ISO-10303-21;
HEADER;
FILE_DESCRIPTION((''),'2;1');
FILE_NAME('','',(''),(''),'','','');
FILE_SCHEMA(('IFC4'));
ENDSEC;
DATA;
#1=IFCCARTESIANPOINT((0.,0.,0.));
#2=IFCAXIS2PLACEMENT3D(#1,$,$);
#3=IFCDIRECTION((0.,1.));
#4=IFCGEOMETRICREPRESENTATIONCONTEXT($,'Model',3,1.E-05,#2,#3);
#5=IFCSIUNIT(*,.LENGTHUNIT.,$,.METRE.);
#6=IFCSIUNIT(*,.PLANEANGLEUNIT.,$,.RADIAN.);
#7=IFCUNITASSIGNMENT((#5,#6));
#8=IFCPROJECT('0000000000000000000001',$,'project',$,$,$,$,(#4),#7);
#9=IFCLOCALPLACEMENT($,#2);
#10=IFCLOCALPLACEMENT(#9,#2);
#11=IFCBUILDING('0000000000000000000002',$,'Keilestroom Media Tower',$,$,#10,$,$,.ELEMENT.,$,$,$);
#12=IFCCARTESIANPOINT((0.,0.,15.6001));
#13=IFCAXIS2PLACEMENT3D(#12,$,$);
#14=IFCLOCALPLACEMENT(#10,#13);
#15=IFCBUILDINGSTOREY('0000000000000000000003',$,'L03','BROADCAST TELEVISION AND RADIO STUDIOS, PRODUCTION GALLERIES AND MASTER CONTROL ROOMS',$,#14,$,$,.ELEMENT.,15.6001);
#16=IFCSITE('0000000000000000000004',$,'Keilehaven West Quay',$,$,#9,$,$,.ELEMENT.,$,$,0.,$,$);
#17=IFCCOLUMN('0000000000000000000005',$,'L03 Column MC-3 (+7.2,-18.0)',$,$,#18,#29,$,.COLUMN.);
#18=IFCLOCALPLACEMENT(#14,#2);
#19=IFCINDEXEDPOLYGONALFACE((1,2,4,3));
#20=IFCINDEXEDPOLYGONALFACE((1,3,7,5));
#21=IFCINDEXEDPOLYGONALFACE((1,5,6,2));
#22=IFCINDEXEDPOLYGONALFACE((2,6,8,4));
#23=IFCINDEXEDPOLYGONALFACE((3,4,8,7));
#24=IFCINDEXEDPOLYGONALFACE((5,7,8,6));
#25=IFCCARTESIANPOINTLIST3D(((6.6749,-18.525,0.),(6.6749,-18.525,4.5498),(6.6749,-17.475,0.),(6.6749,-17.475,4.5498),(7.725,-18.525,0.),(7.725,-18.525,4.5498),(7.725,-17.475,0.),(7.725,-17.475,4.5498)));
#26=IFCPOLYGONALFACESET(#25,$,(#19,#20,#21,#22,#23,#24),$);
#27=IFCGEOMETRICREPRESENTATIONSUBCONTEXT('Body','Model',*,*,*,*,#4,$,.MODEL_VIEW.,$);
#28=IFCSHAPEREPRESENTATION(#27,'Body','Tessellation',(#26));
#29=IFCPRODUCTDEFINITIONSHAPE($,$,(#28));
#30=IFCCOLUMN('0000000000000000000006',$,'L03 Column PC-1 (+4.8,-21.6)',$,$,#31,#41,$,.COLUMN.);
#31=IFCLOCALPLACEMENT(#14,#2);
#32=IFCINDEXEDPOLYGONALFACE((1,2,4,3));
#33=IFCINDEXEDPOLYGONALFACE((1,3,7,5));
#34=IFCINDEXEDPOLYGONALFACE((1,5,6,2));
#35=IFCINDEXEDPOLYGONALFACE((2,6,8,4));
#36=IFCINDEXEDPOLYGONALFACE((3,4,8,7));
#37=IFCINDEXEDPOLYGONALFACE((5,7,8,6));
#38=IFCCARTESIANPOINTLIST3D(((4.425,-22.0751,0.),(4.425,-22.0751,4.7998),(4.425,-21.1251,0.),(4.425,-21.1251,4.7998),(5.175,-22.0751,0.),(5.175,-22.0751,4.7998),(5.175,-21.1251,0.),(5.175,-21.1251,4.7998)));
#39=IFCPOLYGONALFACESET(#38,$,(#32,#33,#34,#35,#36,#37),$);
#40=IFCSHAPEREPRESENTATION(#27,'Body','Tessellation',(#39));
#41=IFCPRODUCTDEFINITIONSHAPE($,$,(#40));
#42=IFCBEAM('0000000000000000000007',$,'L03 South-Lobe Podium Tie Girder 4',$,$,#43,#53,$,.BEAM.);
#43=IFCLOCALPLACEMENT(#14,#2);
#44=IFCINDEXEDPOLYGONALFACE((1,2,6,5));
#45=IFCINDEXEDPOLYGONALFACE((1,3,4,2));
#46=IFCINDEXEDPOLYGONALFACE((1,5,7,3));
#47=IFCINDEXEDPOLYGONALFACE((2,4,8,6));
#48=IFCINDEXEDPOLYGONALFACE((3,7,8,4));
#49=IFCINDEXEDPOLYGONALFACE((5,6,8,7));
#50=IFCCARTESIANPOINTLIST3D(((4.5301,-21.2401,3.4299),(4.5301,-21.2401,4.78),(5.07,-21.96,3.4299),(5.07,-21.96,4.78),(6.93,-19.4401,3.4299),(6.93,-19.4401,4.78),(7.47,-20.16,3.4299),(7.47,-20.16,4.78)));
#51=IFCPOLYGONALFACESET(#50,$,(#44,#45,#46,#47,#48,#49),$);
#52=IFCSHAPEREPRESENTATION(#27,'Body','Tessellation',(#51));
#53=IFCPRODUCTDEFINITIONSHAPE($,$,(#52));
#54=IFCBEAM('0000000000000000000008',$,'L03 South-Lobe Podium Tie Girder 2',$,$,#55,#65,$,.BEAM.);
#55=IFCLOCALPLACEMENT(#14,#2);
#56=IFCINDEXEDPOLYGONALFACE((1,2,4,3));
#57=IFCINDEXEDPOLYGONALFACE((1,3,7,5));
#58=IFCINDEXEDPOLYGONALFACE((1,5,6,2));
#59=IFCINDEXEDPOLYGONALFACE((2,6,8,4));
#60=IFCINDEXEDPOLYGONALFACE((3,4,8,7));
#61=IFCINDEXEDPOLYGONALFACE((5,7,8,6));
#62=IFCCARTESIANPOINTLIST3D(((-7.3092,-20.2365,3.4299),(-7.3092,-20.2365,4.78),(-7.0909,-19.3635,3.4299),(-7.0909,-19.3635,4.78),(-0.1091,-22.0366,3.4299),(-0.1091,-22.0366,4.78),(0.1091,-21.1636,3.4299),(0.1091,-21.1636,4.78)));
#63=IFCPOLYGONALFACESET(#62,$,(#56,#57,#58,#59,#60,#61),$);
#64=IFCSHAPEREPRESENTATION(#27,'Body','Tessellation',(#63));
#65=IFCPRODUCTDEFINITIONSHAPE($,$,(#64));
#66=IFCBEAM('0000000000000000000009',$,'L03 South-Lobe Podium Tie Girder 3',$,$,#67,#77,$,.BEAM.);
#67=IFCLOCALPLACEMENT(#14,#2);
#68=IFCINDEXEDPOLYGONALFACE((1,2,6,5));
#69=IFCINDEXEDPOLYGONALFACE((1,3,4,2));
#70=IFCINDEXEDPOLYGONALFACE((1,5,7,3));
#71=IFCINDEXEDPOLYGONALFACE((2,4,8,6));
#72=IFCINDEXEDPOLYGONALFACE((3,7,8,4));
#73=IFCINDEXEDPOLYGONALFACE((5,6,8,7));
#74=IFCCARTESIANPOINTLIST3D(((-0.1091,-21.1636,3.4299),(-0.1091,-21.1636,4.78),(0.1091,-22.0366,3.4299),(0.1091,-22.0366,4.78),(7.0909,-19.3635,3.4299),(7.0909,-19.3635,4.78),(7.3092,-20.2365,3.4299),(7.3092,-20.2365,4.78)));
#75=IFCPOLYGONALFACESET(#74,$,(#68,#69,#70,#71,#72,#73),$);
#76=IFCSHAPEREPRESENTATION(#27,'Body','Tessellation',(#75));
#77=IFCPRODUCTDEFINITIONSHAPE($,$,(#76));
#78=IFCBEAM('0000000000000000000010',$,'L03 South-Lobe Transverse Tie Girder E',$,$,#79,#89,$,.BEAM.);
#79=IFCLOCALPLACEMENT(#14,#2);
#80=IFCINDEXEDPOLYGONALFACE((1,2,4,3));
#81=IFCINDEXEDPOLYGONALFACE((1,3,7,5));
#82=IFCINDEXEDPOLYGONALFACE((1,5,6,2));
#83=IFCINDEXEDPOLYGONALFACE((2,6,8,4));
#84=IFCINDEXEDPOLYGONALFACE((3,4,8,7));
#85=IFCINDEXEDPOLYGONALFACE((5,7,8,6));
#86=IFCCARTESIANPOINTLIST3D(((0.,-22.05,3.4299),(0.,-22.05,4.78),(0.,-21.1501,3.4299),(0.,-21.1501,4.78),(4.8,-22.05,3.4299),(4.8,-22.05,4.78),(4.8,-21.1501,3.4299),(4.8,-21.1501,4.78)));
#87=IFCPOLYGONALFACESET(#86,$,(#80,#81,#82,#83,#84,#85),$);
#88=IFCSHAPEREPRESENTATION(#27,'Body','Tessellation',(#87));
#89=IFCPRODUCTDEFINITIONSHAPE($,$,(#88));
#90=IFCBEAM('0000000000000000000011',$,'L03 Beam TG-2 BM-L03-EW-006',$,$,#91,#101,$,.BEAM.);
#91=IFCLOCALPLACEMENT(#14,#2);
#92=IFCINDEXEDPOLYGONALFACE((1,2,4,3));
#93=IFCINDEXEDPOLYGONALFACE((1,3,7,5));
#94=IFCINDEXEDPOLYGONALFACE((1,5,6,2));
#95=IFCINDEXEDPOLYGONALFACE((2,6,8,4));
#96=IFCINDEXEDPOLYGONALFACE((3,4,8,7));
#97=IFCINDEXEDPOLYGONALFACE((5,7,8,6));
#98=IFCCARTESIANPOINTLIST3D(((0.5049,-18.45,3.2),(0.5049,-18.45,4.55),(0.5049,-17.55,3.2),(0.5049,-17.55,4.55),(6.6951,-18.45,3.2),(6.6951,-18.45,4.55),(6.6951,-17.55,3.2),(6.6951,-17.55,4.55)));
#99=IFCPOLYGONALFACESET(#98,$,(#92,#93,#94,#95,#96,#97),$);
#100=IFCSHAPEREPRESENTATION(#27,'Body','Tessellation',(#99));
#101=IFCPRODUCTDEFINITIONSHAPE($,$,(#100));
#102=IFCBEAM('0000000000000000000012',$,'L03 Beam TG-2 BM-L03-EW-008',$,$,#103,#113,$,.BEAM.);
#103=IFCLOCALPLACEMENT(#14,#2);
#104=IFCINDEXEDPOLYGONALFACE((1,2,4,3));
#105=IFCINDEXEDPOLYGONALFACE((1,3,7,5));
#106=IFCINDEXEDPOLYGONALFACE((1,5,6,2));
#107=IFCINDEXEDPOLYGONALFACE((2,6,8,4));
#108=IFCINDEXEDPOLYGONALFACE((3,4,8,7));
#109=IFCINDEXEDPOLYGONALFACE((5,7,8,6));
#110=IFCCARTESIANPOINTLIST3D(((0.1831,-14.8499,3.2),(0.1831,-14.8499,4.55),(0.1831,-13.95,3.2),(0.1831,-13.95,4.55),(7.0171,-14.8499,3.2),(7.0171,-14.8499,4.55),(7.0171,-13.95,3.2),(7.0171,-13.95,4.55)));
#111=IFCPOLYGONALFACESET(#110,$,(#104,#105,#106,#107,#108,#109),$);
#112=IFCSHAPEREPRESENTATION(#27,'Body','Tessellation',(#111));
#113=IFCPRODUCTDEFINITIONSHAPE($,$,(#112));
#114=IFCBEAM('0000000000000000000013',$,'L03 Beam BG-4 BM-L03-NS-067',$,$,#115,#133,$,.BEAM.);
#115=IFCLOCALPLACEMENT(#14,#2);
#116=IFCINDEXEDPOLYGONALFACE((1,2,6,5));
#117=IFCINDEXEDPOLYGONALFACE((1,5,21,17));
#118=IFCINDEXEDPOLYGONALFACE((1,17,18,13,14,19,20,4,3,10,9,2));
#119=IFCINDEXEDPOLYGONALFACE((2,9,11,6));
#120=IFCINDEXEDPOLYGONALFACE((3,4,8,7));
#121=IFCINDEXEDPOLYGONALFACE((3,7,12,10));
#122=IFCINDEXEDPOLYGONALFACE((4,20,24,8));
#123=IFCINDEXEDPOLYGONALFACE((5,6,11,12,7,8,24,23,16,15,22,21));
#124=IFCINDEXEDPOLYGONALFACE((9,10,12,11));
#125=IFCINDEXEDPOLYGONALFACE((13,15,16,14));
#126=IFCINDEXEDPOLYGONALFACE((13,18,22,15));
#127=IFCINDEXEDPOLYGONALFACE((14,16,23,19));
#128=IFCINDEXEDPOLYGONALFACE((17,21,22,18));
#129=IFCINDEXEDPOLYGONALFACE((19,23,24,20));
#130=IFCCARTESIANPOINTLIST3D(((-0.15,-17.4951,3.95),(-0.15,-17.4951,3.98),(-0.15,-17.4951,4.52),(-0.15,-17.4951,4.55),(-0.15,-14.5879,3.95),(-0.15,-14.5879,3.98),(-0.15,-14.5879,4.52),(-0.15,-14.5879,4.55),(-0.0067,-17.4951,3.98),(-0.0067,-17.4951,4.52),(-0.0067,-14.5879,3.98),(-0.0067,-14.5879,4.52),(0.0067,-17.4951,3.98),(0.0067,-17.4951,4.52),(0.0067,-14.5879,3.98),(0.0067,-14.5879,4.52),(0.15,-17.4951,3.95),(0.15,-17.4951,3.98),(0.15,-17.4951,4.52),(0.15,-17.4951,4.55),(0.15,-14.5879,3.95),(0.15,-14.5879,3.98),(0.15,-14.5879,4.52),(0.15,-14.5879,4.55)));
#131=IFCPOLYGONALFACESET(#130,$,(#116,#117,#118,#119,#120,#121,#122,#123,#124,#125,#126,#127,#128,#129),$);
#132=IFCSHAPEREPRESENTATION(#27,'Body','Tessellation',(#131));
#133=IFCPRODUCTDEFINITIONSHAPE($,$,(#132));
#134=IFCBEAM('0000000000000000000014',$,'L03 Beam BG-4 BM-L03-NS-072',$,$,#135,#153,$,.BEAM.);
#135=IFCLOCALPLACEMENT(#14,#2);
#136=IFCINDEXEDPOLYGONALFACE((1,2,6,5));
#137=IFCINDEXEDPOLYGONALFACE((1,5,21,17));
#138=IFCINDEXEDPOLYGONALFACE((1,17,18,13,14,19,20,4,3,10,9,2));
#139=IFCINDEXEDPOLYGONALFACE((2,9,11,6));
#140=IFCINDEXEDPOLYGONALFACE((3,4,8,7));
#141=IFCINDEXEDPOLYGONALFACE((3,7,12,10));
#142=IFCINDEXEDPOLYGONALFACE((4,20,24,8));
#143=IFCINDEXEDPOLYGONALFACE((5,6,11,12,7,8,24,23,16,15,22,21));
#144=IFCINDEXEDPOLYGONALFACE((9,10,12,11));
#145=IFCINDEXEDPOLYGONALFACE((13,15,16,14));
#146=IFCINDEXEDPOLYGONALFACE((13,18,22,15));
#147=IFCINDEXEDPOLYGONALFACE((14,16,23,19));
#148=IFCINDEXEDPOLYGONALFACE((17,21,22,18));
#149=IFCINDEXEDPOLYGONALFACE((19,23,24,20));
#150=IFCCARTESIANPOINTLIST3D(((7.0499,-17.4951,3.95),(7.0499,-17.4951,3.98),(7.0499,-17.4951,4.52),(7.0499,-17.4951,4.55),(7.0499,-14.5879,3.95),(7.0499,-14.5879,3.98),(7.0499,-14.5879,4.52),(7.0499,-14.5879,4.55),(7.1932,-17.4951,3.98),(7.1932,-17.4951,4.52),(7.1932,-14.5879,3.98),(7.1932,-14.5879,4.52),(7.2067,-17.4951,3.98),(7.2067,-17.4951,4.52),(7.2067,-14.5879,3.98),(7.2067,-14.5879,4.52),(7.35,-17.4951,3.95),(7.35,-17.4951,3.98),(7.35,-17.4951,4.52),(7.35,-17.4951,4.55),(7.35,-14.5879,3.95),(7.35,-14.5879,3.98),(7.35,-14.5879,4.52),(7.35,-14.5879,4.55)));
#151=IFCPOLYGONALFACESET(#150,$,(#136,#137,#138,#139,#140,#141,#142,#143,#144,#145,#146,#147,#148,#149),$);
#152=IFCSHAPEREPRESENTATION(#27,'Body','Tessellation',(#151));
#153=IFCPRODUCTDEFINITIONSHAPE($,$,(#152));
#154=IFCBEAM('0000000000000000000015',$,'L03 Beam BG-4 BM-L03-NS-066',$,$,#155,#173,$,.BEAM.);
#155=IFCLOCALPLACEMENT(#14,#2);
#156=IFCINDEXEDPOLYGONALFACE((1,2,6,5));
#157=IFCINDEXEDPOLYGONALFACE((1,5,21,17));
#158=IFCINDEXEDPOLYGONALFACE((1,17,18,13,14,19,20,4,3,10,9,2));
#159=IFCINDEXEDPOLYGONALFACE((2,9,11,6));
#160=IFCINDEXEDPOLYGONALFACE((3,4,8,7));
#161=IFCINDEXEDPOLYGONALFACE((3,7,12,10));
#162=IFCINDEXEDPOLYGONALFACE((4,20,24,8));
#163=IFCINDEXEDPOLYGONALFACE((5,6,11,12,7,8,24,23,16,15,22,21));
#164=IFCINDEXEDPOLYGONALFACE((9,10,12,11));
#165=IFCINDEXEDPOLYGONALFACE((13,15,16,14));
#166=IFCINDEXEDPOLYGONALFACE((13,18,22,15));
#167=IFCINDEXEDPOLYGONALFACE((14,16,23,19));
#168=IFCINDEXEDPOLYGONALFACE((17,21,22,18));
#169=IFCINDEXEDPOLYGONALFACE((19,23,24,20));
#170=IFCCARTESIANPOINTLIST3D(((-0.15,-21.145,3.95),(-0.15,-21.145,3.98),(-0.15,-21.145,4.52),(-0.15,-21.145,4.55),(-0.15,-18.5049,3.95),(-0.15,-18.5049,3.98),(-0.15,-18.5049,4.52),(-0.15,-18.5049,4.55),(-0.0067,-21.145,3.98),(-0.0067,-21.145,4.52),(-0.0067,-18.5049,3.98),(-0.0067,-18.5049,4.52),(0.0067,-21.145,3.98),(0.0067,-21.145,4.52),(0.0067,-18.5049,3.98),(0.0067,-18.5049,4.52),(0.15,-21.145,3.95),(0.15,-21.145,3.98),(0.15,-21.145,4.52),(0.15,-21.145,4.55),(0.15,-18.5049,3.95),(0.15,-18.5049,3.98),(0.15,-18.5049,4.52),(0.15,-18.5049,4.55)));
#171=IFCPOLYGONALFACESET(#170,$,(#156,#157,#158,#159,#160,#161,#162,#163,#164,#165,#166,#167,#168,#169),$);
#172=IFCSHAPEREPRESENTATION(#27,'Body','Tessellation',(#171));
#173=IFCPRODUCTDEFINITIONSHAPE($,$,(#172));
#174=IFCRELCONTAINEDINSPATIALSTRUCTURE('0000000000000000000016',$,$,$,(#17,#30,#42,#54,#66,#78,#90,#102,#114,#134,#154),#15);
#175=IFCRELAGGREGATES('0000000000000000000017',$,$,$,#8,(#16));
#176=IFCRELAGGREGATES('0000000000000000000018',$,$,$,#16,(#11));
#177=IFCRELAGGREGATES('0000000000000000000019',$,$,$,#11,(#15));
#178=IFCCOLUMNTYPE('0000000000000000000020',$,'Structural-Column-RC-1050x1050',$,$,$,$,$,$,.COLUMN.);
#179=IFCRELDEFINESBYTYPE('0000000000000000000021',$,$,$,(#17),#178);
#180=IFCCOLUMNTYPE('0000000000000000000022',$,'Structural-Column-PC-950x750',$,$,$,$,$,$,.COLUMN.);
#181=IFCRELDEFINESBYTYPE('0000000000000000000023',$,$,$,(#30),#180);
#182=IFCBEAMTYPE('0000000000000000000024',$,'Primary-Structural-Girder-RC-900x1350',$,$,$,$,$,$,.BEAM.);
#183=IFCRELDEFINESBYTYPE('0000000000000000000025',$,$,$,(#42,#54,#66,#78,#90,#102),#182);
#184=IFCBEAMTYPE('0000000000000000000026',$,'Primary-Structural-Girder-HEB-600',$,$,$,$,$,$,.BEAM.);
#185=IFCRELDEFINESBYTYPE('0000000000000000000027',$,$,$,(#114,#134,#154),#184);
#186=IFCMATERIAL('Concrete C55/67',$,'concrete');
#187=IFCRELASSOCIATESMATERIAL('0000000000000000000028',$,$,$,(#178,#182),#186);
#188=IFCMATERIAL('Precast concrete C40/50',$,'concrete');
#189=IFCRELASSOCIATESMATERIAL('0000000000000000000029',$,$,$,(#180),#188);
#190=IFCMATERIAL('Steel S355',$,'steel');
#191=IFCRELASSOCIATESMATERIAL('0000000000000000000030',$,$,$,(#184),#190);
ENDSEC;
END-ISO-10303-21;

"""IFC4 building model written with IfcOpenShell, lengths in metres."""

from ifc_helpers import new_model, si_unit, direction, frame, origin, origin_2d, place, context, subcontext, project, spatial, rectangle, i_section, extrude, source, transform, mapped, material, material_profile, profile_set, type_object, element, save


model = new_model("IFC4")

# Units and contexts
model_context = context("Model", 3, precision=1e-05, world=origin(), true_north=direction((0.0, 1.0)))
body_context = subcontext(model_context, "Body", "Model", "MODEL_VIEW")
ifc_project = project(units=[si_unit("LENGTHUNIT", "METRE"), si_unit("PLANEANGLEUNIT", "RADIAN")], contexts=[model_context])

# Site, building, storey
site_placement = place(None, origin())
site = spatial("IfcSite", under=ifc_project, at=site_placement, Name="Keilehaven West Quay", CompositionType="ELEMENT", RefElevation=0.0)
building_placement = place(site_placement, origin())
building = spatial("IfcBuilding", under=site, at=building_placement, Name="Keilestroom Media Tower", CompositionType="ELEMENT")
storey_placement = place(building_placement, frame((0.0, 0.0, 15.6001)))
storey = spatial("IfcBuildingStorey", under=building, at=storey_placement, Name="L03", Description="BROADCAST TELEVISION AND RADIO STUDIOS, PRODUCTION GALLERIES AND MASTER CONTROL ROOMS", CompositionType="ELEMENT", Elevation=15.6001)

# Columns
ifc_material_1 = material(Name="Concrete C55/67", Category="concrete")
ifc_material_profile_1 = material_profile(ifc_material_1, rectangle(XDim=1.05, YDim=1.05, at=origin_2d()), Name="RC 1050x1050")
ifc_profile_set_1 = profile_set([ifc_material_profile_1], Name="Concrete C55/67")
column_type_1 = type_object("IfcColumnType", Name="Structural-Column-RC-1050x1050", PredefinedType="COLUMN", material=ifc_profile_set_1)
shared_shape_1 = source(origin(), body_context, "Body", "SweptSolid", [
    extrude(rectangle(XDim=1.05, YDim=1.05, at=origin_2d()), origin(), (0.0, 0.0, 1.0), 4.5498),
])
column_1_placement = place(storey_placement, frame((7.2, -18.0, 0.0), z_axis=(0.0, 0.0, 1.0), x_axis=(1.0, 0.0, 0.0)))
element("IfcColumn", 1, at=column_1_placement, inside=storey, type_object=column_type_1, Name="L03 Column MC-3 (+7.2,-18.0)", PredefinedType="COLUMN", context=body_context, shape_type="MappedRepresentation", body=[
    mapped(shared_shape_1, transform((0.0, 0.0, 0.0), x_axis=(1.0, 0.0, 0.0), y_axis=(0.0, 1.0, 0.0), z_axis=(0.0, 0.0, 1.0), scale=1.0)),
])
ifc_material_2 = material(Name="Precast concrete C40/50", Category="concrete")
ifc_material_profile_2 = material_profile(ifc_material_2, rectangle(XDim=0.75, YDim=0.95, at=origin_2d()), Name="PC 950x750")
ifc_profile_set_2 = profile_set([ifc_material_profile_2], Name="Precast concrete C40/50")
column_type_2 = type_object("IfcColumnType", Name="Structural-Column-PC-950x750", PredefinedType="COLUMN", material=ifc_profile_set_2)
shared_shape_2 = source(origin(), body_context, "Body", "SweptSolid", [
    extrude(rectangle(XDim=0.75, YDim=0.95, at=origin_2d()), origin(), (0.0, 0.0, 1.0), 4.7998),
])
column_2_placement = place(storey_placement, frame((4.8, -21.6001, 0.0), z_axis=(0.0, 0.0, 1.0), x_axis=(1.0, 0.0, 0.0)))
element("IfcColumn", 2, at=column_2_placement, inside=storey, type_object=column_type_2, Name="L03 Column PC-1 (+4.8,-21.6)", PredefinedType="COLUMN", context=body_context, shape_type="MappedRepresentation", body=[
    mapped(shared_shape_2, transform((0.0, 0.0, 0.0), x_axis=(1.0, 0.0, 0.0), y_axis=(0.0, 1.0, 0.0), z_axis=(0.0, 0.0, 1.0), scale=1.0)),
])

# Beams
ifc_material_profile_3 = material_profile(ifc_material_1, rectangle(XDim=0.8999, YDim=1.3501, at=origin_2d()), Name="RC 900x1350")
ifc_profile_set_3 = profile_set([ifc_material_profile_3], Name="Concrete C55/67")
beam_type_1 = type_object("IfcBeamType", Name="Primary-Structural-Girder-RC-900x1350", PredefinedType="BEAM", material=ifc_profile_set_3)
shared_shape_3 = source(origin(), body_context, "Body", "SweptSolid", [
    extrude(rectangle(XDim=0.8999, YDim=1.3501, at=origin_2d()), origin(), (0.0, 0.0, 1.0), 3.0),
])
beam_1_placement = place(storey_placement, frame((4.8, -21.6001, 4.105), z_axis=(0.79998, 0.600026, 0.0), x_axis=(-0.600026, 0.79998, 0.0)))
element("IfcBeam", 3, at=beam_1_placement, inside=storey, type_object=beam_type_1, Name="L03 South-Lobe Podium Tie Girder 4", PredefinedType="BEAM", context=body_context, shape_type="MappedRepresentation", body=[
    mapped(shared_shape_3, transform((0.0, 0.0, 0.0), x_axis=(1.0, 0.0, 0.0), y_axis=(0.0, 1.0, 0.0), z_axis=(0.0, 0.0, 1.0), scale=1.0)),
])
shared_shape_4 = source(origin(), body_context, "Body", "SweptSolid", [
    extrude(rectangle(XDim=0.8999, YDim=1.3501, at=origin_2d()), origin(), (0.0, 0.0, 1.0), 7.4216),
])
for number, where, z_axis, x_axis, name in (
    (4, (0.0, -21.6001, 4.105), (-0.970141, 0.242543, 0.0), (-0.242543, -0.970141, 0.0), "L03 South-Lobe Podium Tie Girder 2"),
    (5, (0.0, -21.6001, 4.105), (0.970141, 0.242543, 0.0), (-0.242543, 0.970141, 0.0), "L03 South-Lobe Podium Tie Girder 3"),
):
    element("IfcBeam", number, at=place(storey_placement, frame(where, z_axis=z_axis, x_axis=x_axis)), inside=storey, type_object=beam_type_1, Name=name, PredefinedType="BEAM", context=body_context, shape_type="MappedRepresentation", body=[
        mapped(shared_shape_4, transform((0.0, 0.0, 0.0), x_axis=(1.0, 0.0, 0.0), y_axis=(0.0, 1.0, 0.0), z_axis=(0.0, 0.0, 1.0), scale=1.0)),
    ])
shared_shape_5 = source(origin(), body_context, "Body", "SweptSolid", [
    extrude(rectangle(XDim=0.8999, YDim=1.3501, at=origin_2d()), origin(), (0.0, 0.0, 1.0), 4.8),
])
beam_2_placement = place(storey_placement, frame((0.0, -21.6001, 4.105), z_axis=(1.0, 0.0, 0.0), x_axis=(0.0, 1.0, 0.0)))
element("IfcBeam", 6, at=beam_2_placement, inside=storey, type_object=beam_type_1, Name="L03 South-Lobe Transverse Tie Girder E", PredefinedType="BEAM", context=body_context, shape_type="MappedRepresentation", body=[
    mapped(shared_shape_5, transform((0.0, 0.0, 0.0), x_axis=(1.0, 0.0, 0.0), y_axis=(0.0, 1.0, 0.0), z_axis=(0.0, 0.0, 1.0), scale=1.0)),
])
shared_shape_6 = source(origin(), body_context, "Body", "SweptSolid", [
    extrude(rectangle(XDim=0.8999, YDim=1.3501, at=origin_2d()), origin(), (0.0, 0.0, 1.0), 6.1902),
])
beam_3_placement = place(storey_placement, frame((0.5049, -18.0, 3.875), z_axis=(1.0, 0.0, 0.0), x_axis=(0.0, 1.0, 0.0)))
element("IfcBeam", 7, at=beam_3_placement, inside=storey, type_object=beam_type_1, Name="L03 Beam TG-2 BM-L03-EW-006", PredefinedType="BEAM", context=body_context, shape_type="MappedRepresentation", body=[
    mapped(shared_shape_6, transform((0.0, 0.0, 0.0), x_axis=(1.0, 0.0, 0.0), y_axis=(0.0, 1.0, 0.0), z_axis=(0.0, 0.0, 1.0), scale=1.0)),
])
shared_shape_7 = source(origin(), body_context, "Body", "SweptSolid", [
    extrude(rectangle(XDim=0.8999, YDim=1.3501, at=origin_2d()), origin(), (0.0, 0.0, 1.0), 6.834),
])
beam_4_placement = place(storey_placement, frame((0.1831, -14.3999, 3.875), z_axis=(1.0, 0.0, 0.0), x_axis=(0.0, 1.0, 0.0)))
element("IfcBeam", 8, at=beam_4_placement, inside=storey, type_object=beam_type_1, Name="L03 Beam TG-2 BM-L03-EW-008", PredefinedType="BEAM", context=body_context, shape_type="MappedRepresentation", body=[
    mapped(shared_shape_7, transform((0.0, 0.0, 0.0), x_axis=(1.0, 0.0, 0.0), y_axis=(0.0, 1.0, 0.0), z_axis=(0.0, 0.0, 1.0), scale=1.0)),
])
ifc_material_3 = material(Name="Steel S355", Category="steel")
ifc_material_profile_4 = material_profile(ifc_material_3, i_section(OverallWidth=0.3, OverallDepth=0.6001, WebThickness=0.0134, FlangeThickness=0.03, at=origin_2d()), Name="HEB 600")
ifc_profile_set_4 = profile_set([ifc_material_profile_4], Name="Steel S355")
beam_type_2 = type_object("IfcBeamType", Name="Primary-Structural-Girder-HEB-600", PredefinedType="BEAM", material=ifc_profile_set_4)
shared_shape_8 = source(origin(), body_context, "Body", "SweptSolid", [
    extrude(i_section(OverallWidth=0.3, OverallDepth=0.6001, WebThickness=0.0134, FlangeThickness=0.03, at=origin_2d()), origin(), (0.0, 0.0, 1.0), 2.9072),
])
for number, where, z_axis, x_axis, name in (
    (9, (0.0, -17.4951, 4.25), (0.0, 1.0, 0.0), (-1.0, 0.0, 0.0), "L03 Beam BG-4 BM-L03-NS-067"),
    (10, (7.2, -17.4951, 4.25), (0.0, 1.0, 0.0), (-1.0, 0.0, 0.0), "L03 Beam BG-4 BM-L03-NS-072"),
):
    element("IfcBeam", number, at=place(storey_placement, frame(where, z_axis=z_axis, x_axis=x_axis)), inside=storey, type_object=beam_type_2, Name=name, PredefinedType="BEAM", context=body_context, shape_type="MappedRepresentation", body=[
        mapped(shared_shape_8, transform((0.0, 0.0, 0.0), x_axis=(1.0, 0.0, 0.0), y_axis=(0.0, 1.0, 0.0), z_axis=(0.0, 0.0, 1.0), scale=1.0)),
    ])
shared_shape_9 = source(origin(), body_context, "Body", "SweptSolid", [
    extrude(i_section(OverallWidth=0.3, OverallDepth=0.6001, WebThickness=0.0134, FlangeThickness=0.03, at=origin_2d()), origin(), (0.0, 0.0, 1.0), 2.6401),
])
beam_5_placement = place(storey_placement, frame((0.0, -21.145, 4.25), z_axis=(0.0, 1.0, 0.0), x_axis=(-1.0, 0.0, 0.0)))
element("IfcBeam", 11, at=beam_5_placement, inside=storey, type_object=beam_type_2, Name="L03 Beam BG-4 BM-L03-NS-066", PredefinedType="BEAM", context=body_context, shape_type="MappedRepresentation", body=[
    mapped(shared_shape_9, transform((0.0, 0.0, 0.0), x_axis=(1.0, 0.0, 0.0), y_axis=(0.0, 1.0, 0.0), z_axis=(0.0, 0.0, 1.0), scale=1.0)),
])

save(model, "model.ifc")
